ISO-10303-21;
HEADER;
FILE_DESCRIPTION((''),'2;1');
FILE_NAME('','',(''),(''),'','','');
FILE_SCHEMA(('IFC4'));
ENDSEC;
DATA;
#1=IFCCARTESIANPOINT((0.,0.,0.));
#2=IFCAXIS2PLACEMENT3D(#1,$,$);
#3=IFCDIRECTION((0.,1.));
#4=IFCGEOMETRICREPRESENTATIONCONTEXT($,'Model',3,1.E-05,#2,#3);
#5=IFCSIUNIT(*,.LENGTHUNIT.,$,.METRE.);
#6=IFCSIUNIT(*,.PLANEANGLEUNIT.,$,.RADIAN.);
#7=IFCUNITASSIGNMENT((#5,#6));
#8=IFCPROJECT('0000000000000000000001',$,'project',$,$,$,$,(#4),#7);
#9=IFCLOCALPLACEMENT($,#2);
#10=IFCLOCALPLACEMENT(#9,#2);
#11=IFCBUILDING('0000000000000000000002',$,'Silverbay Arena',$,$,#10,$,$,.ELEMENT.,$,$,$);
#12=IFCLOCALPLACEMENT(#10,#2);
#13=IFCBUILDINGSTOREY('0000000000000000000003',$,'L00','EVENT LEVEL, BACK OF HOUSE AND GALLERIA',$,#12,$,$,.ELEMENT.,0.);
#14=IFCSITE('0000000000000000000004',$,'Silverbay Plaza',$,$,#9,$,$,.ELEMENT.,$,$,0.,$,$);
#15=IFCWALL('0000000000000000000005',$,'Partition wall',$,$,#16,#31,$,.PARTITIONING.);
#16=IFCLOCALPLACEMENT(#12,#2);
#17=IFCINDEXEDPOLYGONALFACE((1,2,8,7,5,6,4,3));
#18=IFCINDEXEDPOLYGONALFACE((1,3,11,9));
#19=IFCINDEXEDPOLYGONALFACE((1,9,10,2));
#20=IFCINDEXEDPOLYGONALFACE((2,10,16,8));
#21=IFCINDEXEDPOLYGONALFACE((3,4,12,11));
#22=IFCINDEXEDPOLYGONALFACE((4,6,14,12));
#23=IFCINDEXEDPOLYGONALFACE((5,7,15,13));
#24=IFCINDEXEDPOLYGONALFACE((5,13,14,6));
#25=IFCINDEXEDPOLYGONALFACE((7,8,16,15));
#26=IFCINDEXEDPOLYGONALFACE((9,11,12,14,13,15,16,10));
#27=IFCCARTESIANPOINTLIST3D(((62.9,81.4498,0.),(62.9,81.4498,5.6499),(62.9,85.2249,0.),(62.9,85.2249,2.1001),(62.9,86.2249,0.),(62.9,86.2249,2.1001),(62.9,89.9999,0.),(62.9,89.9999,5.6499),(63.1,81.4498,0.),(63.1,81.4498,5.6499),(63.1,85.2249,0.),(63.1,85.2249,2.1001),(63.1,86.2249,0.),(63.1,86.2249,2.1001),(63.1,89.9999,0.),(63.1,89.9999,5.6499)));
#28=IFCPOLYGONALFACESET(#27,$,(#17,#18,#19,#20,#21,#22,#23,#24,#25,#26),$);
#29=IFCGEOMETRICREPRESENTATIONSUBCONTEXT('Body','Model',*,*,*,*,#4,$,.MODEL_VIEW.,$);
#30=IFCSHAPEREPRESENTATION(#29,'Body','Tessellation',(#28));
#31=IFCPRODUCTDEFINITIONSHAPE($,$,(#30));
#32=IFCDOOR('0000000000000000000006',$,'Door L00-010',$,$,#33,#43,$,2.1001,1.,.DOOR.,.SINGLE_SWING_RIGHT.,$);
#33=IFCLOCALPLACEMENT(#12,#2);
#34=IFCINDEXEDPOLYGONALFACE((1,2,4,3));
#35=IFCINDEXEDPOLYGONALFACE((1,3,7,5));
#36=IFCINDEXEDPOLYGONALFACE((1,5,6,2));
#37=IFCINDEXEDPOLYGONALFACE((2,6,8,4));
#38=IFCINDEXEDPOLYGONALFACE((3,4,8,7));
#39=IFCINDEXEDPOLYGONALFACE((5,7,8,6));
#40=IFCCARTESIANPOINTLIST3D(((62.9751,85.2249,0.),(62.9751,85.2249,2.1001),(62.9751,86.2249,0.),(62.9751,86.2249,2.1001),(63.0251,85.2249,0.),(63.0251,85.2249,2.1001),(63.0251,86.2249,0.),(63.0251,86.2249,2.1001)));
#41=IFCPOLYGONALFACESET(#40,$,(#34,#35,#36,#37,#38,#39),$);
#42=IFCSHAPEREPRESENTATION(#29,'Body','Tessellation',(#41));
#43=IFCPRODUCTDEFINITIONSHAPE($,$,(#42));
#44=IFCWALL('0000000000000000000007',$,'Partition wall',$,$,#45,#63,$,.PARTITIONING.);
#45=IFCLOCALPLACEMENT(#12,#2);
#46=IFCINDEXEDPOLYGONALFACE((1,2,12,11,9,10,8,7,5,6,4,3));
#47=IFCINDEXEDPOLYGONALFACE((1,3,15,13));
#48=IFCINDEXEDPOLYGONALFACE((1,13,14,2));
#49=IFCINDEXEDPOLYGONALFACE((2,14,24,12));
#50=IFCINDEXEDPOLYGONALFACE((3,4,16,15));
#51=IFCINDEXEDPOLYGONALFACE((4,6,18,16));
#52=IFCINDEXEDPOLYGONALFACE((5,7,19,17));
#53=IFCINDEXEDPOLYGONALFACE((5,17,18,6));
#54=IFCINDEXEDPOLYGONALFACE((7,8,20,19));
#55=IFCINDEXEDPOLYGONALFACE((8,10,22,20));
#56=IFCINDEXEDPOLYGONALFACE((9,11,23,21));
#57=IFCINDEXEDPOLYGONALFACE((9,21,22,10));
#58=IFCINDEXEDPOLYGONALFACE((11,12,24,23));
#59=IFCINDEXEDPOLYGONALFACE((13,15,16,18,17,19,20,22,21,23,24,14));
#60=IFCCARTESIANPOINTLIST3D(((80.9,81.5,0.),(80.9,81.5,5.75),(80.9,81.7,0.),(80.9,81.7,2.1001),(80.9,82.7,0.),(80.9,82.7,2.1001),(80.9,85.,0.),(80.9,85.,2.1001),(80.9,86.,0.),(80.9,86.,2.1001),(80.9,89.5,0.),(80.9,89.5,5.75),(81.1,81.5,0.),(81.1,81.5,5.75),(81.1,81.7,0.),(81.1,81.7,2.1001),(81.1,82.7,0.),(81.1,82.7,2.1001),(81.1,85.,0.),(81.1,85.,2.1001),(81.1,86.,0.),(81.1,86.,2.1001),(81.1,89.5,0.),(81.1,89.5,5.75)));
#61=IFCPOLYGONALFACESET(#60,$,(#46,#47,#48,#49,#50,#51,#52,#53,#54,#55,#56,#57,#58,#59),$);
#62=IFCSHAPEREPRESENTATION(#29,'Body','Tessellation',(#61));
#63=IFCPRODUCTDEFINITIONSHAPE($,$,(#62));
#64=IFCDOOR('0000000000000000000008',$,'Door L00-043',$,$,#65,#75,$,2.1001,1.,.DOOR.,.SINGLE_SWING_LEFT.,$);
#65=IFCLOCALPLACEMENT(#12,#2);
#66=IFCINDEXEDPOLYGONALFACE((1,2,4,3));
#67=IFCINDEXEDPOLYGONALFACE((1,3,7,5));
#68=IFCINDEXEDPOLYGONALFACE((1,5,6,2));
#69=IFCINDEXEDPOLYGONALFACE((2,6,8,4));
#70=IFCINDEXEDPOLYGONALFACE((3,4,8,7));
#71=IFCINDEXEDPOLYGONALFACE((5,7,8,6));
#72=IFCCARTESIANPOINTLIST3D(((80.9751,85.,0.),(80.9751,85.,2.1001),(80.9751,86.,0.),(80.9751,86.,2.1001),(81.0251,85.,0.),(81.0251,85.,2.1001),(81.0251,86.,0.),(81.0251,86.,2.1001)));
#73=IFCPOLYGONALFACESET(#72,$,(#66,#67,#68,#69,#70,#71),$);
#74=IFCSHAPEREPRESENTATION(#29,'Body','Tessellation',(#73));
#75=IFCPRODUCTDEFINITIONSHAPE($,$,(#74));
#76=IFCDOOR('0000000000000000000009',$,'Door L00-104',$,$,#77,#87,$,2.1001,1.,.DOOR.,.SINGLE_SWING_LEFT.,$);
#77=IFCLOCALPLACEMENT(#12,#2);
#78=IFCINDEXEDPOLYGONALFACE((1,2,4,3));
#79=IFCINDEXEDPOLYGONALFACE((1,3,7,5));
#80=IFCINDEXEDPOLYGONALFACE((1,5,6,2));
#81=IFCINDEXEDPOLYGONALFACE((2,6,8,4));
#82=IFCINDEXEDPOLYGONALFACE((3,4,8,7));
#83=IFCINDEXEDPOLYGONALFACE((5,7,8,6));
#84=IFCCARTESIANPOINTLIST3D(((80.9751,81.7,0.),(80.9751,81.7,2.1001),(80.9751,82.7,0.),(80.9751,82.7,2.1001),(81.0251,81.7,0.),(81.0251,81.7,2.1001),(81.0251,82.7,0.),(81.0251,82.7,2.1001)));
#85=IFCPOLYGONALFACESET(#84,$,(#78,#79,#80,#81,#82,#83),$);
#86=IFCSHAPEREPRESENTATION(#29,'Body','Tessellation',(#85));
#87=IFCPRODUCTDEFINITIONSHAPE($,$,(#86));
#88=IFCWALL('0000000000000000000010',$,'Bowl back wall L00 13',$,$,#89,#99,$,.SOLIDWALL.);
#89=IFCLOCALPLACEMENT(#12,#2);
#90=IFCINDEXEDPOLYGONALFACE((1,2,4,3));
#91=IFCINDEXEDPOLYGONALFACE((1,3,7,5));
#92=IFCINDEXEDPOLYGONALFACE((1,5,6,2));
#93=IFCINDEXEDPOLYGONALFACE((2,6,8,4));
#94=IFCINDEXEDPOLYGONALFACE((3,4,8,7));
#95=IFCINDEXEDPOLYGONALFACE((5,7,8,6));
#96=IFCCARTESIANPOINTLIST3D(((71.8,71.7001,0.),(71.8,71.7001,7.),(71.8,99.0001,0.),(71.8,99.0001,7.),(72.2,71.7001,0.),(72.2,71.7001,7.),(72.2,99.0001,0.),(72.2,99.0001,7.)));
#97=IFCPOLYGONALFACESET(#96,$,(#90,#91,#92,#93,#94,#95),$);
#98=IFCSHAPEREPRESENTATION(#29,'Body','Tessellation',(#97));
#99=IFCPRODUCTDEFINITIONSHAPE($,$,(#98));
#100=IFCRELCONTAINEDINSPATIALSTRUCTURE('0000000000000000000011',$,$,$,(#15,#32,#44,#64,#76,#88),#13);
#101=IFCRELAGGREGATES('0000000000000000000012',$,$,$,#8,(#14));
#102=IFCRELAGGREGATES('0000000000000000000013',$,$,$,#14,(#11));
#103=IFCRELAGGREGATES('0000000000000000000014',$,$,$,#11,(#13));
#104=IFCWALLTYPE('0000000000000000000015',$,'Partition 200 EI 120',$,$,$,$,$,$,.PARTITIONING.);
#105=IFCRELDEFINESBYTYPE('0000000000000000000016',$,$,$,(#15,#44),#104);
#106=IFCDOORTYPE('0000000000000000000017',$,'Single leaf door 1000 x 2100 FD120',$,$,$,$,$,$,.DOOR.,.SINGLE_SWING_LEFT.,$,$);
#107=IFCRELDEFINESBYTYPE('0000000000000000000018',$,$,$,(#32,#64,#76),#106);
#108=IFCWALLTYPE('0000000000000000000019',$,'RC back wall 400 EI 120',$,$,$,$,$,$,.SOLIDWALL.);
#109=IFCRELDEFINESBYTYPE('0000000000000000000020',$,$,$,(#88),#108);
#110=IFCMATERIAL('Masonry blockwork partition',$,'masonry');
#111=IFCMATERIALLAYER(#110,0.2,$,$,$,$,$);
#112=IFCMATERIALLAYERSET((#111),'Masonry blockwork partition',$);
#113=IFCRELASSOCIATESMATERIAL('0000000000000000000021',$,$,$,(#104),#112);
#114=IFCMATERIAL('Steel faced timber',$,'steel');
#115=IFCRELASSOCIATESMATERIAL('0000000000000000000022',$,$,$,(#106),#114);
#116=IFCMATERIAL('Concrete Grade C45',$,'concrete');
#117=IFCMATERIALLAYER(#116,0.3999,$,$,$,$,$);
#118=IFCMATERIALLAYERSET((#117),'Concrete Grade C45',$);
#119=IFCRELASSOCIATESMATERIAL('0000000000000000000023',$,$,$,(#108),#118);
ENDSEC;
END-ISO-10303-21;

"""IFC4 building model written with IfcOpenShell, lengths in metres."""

from ifc_helpers import new_model, si_unit, direction, frame, frame_2d, origin, place, context, subcontext, project, spatial, rectangle, extrude, material, layer, layer_set, type_object, element, fill, save


model = new_model("IFC4")

# Units and contexts
model_context = context("Model", 3, precision=1e-05, world=origin(), true_north=direction((0.0, 1.0)))
body_context = subcontext(model_context, "Body", "Model", "MODEL_VIEW")
ifc_project = project(units=[si_unit("LENGTHUNIT", "METRE"), si_unit("PLANEANGLEUNIT", "RADIAN")], contexts=[model_context])

# Site, building, storey
site_placement = place(None, origin())
site = spatial("IfcSite", under=ifc_project, at=site_placement, Name="Silverbay Plaza", CompositionType="ELEMENT", RefElevation=0.0)
building_placement = place(site_placement, origin())
building = spatial("IfcBuilding", under=site, at=building_placement, Name="Silverbay Arena", CompositionType="ELEMENT")
storey_placement = place(building_placement, origin())
storey = spatial("IfcBuildingStorey", under=building, at=storey_placement, Name="L00", Description="EVENT LEVEL, BACK OF HOUSE AND GALLERIA", CompositionType="ELEMENT", Elevation=0.0)

# Shared definitions
ifc_material_1 = material(Name="Masonry blockwork partition", Category="masonry")
ifc_layer_1 = layer(ifc_material_1, 0.2)
ifc_layer_set_1 = layer_set([ifc_layer_1], Name="Masonry blockwork partition")
wall_type_1 = type_object("IfcWallType", Name="Partition 200 EI 120", PredefinedType="PARTITIONING", material=ifc_layer_set_1)

# Wall, opening, door
wall_1_placement = place(storey_placement, frame((63.0, 81.45, 0.0), z_axis=(0.0, 0.0, 1.0), x_axis=(0.0, 1.0, 0.0)))
wall_1 = element("IfcWall", 1, at=wall_1_placement, inside=storey, type_object=wall_type_1, Name="Partition wall", PredefinedType="PARTITIONING", context=body_context, shape_type="SweptSolid", body=[
    extrude(rectangle(XDim=8.55, YDim=0.2, at=frame_2d((4.2749, 0.0))), origin(), (0.0, 0.0, 1.0), 5.6499),
])
opening_1_placement = place(wall_1_placement, frame((3.7749, 0.0, 0.0)))
opening_1 = element("IfcOpeningElement", 2, at=opening_1_placement, cuts=wall_1, PredefinedType="OPENING", context=body_context, shape_type="SweptSolid", body=[
    extrude(rectangle(XDim=1.0, YDim=2.1001, at=frame_2d((0.5, 1.05))), frame((0.0, 0.1099, 0.0), z_axis=(0.0, -1.0, 0.0), x_axis=(1.0, 0.0, 0.0)), (0.0, 0.0, 1.0), 0.22),
])
ifc_material_2 = material(Name="Steel faced timber", Category="steel")
door_type_1 = type_object("IfcDoorType", Name="Single leaf door 1000 x 2100 FD120", OperationType="SINGLE_SWING_LEFT", PredefinedType="DOOR", material=ifc_material_2)
door_1_placement = place(opening_1_placement, origin())
door_1 = element("IfcDoor", 3, at=door_1_placement, inside=storey, type_object=door_type_1, Name="Door L00-010", OperationType="SINGLE_SWING_RIGHT", OverallHeight=2.1001, OverallWidth=1.0, PredefinedType="DOOR", context=body_context, shape_type="SweptSolid", body=[
    extrude(rectangle(XDim=1.0, YDim=2.1001, at=frame_2d((0.5, 1.05))), frame((0.0, 0.0249, 0.0), z_axis=(0.0, -1.0, 0.0), x_axis=(1.0, 0.0, 0.0)), (0.0, 0.0, 1.0), 0.05),
])
fill(opening_1, door_1)

# Wall, openings, doors
wall_2_placement = place(storey_placement, frame((81.0, 81.5, 0.0), z_axis=(0.0, 0.0, 1.0), x_axis=(0.0, 1.0, 0.0)))
wall_2 = element("IfcWall", 4, at=wall_2_placement, inside=storey, type_object=wall_type_1, Name="Partition wall", PredefinedType="PARTITIONING", context=body_context, shape_type="SweptSolid", body=[
    extrude(rectangle(XDim=8.0, YDim=0.2, at=frame_2d((4.0, 0.0))), origin(), (0.0, 0.0, 1.0), 5.75),
])
opening_2_placement = place(wall_2_placement, frame((3.5, 0.0, 0.0)))
opening_2 = element("IfcOpeningElement", 5, at=opening_2_placement, cuts=wall_2, PredefinedType="OPENING", context=body_context, shape_type="SweptSolid", body=[
    extrude(rectangle(XDim=1.0, YDim=2.1001, at=frame_2d((0.5, 1.05))), frame((0.0, 0.1099, 0.0), z_axis=(0.0, -1.0, 0.0), x_axis=(1.0, 0.0, 0.0)), (0.0, 0.0, 1.0), 0.22),
])
opening_3_placement = place(wall_2_placement, frame((0.2, 0.0, 0.0)))
opening_3 = element("IfcOpeningElement", 6, at=opening_3_placement, cuts=wall_2, PredefinedType="OPENING", context=body_context, shape_type="SweptSolid", body=[
    extrude(rectangle(XDim=1.0, YDim=2.1001, at=frame_2d((0.5, 1.05))), frame((0.0, 0.1099, 0.0), z_axis=(0.0, -1.0, 0.0), x_axis=(1.0, 0.0, 0.0)), (0.0, 0.0, 1.0), 0.22),
])
door_2_placement = place(opening_2_placement, origin())
door_2 = element("IfcDoor", 7, at=door_2_placement, inside=storey, type_object=door_type_1, Name="Door L00-043", OperationType="SINGLE_SWING_LEFT", OverallHeight=2.1001, OverallWidth=1.0, PredefinedType="DOOR", context=body_context, shape_type="SweptSolid", body=[
    extrude(rectangle(XDim=1.0, YDim=2.1001, at=frame_2d((0.5, 1.05))), frame((0.0, 0.0249, 0.0), z_axis=(0.0, -1.0, 0.0), x_axis=(1.0, 0.0, 0.0)), (0.0, 0.0, 1.0), 0.05),
])
fill(opening_2, door_2)
door_3_placement = place(opening_3_placement, origin())
door_3 = element("IfcDoor", 8, at=door_3_placement, inside=storey, type_object=door_type_1, Name="Door L00-104", OperationType="SINGLE_SWING_LEFT", OverallHeight=2.1001, OverallWidth=1.0, PredefinedType="DOOR", context=body_context, shape_type="SweptSolid", body=[
    extrude(rectangle(XDim=1.0, YDim=2.1001, at=frame_2d((0.5, 1.05))), frame((0.0, 0.0249, 0.0), z_axis=(0.0, -1.0, 0.0), x_axis=(1.0, 0.0, 0.0)), (0.0, 0.0, 1.0), 0.05),
])
fill(opening_3, door_3)

# Wall
ifc_material_3 = material(Name="Concrete Grade C45", Category="concrete")
ifc_layer_2 = layer(ifc_material_3, 0.3999)
ifc_layer_set_2 = layer_set([ifc_layer_2], Name="Concrete Grade C45")
wall_type_2 = type_object("IfcWallType", Name="RC back wall 400 EI 120", PredefinedType="SOLIDWALL", material=ifc_layer_set_2)
wall_3_placement = place(storey_placement, frame((72.0, 99.0, 0.0), z_axis=(0.0, 0.0, 1.0), x_axis=(0.0, -1.0, 0.0)))
element("IfcWall", 9, at=wall_3_placement, inside=storey, type_object=wall_type_2, Name="Bowl back wall L00 13", PredefinedType="SOLIDWALL", context=body_context, shape_type="SweptSolid", body=[
    extrude(rectangle(XDim=27.3, YDim=0.3999, at=frame_2d((13.6499, 0.0))), origin(), (0.0, 0.0, 1.0), 7.0),
])

save(model, "model.ifc")
